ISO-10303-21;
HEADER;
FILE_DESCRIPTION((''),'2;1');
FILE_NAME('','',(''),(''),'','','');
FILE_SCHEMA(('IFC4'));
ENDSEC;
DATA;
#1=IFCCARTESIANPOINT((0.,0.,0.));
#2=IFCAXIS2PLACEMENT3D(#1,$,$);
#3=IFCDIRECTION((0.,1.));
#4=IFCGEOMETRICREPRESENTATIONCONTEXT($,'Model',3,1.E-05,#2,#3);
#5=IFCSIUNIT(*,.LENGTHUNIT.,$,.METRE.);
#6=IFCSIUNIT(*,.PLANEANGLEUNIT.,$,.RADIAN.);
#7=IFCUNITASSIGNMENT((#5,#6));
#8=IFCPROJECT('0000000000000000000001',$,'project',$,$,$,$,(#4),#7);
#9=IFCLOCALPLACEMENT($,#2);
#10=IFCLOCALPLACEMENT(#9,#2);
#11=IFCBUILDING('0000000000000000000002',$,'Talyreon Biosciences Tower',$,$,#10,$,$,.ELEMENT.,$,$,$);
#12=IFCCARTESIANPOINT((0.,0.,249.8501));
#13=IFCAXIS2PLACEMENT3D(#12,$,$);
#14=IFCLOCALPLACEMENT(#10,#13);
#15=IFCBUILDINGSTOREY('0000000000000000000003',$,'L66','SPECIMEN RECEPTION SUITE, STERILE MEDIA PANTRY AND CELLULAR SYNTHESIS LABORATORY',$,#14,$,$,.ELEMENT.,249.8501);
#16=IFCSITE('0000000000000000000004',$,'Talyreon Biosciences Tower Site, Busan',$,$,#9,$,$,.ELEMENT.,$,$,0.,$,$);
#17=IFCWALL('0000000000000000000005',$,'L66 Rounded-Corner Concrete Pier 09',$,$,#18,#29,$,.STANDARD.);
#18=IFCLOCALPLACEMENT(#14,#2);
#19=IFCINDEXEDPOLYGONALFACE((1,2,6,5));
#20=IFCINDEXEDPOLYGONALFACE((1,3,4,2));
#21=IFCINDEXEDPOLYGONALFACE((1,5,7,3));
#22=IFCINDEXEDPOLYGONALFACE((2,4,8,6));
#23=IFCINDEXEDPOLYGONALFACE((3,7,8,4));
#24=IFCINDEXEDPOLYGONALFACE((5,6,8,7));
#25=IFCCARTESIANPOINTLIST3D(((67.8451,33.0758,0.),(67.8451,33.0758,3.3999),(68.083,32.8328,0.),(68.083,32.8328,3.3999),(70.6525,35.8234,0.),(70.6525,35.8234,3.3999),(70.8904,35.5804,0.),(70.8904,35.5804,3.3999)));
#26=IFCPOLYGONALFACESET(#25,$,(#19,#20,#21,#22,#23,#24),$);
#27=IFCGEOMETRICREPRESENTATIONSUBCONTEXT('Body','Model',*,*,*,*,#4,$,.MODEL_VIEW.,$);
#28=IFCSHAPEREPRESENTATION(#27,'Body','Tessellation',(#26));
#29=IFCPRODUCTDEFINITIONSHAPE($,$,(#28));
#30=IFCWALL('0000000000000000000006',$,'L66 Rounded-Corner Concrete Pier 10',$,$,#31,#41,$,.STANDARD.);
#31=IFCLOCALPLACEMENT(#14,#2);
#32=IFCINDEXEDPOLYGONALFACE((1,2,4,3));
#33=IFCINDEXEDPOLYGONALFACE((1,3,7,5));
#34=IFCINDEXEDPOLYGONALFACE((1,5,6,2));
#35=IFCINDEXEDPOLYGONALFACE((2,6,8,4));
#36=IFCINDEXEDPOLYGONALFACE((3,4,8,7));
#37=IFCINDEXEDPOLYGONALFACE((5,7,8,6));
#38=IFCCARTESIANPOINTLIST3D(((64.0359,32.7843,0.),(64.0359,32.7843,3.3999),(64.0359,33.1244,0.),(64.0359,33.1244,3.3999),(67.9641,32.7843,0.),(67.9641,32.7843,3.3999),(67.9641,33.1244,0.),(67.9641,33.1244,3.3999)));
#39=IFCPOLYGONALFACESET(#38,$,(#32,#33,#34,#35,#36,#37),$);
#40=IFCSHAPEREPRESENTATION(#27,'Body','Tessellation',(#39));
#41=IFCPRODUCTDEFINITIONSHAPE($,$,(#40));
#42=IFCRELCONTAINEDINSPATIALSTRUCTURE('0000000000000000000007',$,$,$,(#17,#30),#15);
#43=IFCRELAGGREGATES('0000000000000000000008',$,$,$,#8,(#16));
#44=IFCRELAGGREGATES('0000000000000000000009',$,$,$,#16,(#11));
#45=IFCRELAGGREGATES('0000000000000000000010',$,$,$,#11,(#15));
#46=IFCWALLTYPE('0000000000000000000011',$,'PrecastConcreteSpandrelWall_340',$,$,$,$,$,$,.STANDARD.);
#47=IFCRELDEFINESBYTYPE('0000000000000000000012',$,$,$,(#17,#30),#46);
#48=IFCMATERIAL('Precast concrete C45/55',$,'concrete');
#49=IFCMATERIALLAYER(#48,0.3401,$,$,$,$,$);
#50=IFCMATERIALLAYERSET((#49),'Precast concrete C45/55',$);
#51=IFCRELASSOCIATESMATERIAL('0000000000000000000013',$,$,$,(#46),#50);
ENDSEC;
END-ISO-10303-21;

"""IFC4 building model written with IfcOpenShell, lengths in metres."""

from ifc_helpers import new_model, si_unit, direction, frame, frame_2d, origin, place, context, subcontext, project, spatial, rectangle, extrude, material, layer, layer_set, type_object, element, save


model = new_model("IFC4")

# Units and contexts
model_context = context("Model", 3, precision=1e-05, world=origin(), true_north=direction((0.0, 1.0)))
body_context = subcontext(model_context, "Body", "Model", "MODEL_VIEW")
ifc_project = project(units=[si_unit("LENGTHUNIT", "METRE"), si_unit("PLANEANGLEUNIT", "RADIAN")], contexts=[model_context])

# Site, building, storey
site_placement = place(None, origin())
site = spatial("IfcSite", under=ifc_project, at=site_placement, Name="Talyreon Biosciences Tower Site, Busan", CompositionType="ELEMENT", RefElevation=0.0)
building_placement = place(site_placement, origin())
building = spatial("IfcBuilding", under=site, at=building_placement, Name="Talyreon Biosciences Tower", CompositionType="ELEMENT")
storey_placement = place(building_placement, frame((0.0, 0.0, 249.8501)))
storey = spatial("IfcBuildingStorey", under=building, at=storey_placement, Name="L66", Description="SPECIMEN RECEPTION SUITE, STERILE MEDIA PANTRY AND CELLULAR SYNTHESIS LABORATORY", CompositionType="ELEMENT", Elevation=249.8501)

# Shared definitions
ifc_material_1 = material(Name="Precast concrete C45/55", Category="concrete")

# Walls
ifc_layer_1 = layer(ifc_material_1, 0.3401)
ifc_layer_set_1 = layer_set([ifc_layer_1], Name="Precast concrete C45/55")
wall_type_1 = type_object("IfcWallType", Name="PrecastConcreteSpandrelWall_340", PredefinedType="STANDARD", material=ifc_layer_set_1)
for number, where, z_axis, x_axis, name in (
    (1, (70.7715, 35.7019, 0.0), (0.0, 0.0, 1.0), (-0.714679, -0.699452, 0.0), "L66 Rounded-Corner Concrete Pier 09"),
    (2, (67.9641, 32.9543, 0.0), (0.0, 0.0, 1.0), (-1.0, 0.0, 0.0), "L66 Rounded-Corner Concrete Pier 10"),
):
    element("IfcWall", number, at=place(storey_placement, frame(where, z_axis=z_axis, x_axis=x_axis)), inside=storey, type_object=wall_type_1, Name=name, PredefinedType="STANDARD", context=body_context, shape_type="SweptSolid", body=[
        extrude(rectangle(XDim=3.9282, YDim=0.3401, at=frame_2d((1.9641, 0.0))), origin(), (0.0, 0.0, 1.0), 3.3999),
    ])

save(model, "model.ifc")
